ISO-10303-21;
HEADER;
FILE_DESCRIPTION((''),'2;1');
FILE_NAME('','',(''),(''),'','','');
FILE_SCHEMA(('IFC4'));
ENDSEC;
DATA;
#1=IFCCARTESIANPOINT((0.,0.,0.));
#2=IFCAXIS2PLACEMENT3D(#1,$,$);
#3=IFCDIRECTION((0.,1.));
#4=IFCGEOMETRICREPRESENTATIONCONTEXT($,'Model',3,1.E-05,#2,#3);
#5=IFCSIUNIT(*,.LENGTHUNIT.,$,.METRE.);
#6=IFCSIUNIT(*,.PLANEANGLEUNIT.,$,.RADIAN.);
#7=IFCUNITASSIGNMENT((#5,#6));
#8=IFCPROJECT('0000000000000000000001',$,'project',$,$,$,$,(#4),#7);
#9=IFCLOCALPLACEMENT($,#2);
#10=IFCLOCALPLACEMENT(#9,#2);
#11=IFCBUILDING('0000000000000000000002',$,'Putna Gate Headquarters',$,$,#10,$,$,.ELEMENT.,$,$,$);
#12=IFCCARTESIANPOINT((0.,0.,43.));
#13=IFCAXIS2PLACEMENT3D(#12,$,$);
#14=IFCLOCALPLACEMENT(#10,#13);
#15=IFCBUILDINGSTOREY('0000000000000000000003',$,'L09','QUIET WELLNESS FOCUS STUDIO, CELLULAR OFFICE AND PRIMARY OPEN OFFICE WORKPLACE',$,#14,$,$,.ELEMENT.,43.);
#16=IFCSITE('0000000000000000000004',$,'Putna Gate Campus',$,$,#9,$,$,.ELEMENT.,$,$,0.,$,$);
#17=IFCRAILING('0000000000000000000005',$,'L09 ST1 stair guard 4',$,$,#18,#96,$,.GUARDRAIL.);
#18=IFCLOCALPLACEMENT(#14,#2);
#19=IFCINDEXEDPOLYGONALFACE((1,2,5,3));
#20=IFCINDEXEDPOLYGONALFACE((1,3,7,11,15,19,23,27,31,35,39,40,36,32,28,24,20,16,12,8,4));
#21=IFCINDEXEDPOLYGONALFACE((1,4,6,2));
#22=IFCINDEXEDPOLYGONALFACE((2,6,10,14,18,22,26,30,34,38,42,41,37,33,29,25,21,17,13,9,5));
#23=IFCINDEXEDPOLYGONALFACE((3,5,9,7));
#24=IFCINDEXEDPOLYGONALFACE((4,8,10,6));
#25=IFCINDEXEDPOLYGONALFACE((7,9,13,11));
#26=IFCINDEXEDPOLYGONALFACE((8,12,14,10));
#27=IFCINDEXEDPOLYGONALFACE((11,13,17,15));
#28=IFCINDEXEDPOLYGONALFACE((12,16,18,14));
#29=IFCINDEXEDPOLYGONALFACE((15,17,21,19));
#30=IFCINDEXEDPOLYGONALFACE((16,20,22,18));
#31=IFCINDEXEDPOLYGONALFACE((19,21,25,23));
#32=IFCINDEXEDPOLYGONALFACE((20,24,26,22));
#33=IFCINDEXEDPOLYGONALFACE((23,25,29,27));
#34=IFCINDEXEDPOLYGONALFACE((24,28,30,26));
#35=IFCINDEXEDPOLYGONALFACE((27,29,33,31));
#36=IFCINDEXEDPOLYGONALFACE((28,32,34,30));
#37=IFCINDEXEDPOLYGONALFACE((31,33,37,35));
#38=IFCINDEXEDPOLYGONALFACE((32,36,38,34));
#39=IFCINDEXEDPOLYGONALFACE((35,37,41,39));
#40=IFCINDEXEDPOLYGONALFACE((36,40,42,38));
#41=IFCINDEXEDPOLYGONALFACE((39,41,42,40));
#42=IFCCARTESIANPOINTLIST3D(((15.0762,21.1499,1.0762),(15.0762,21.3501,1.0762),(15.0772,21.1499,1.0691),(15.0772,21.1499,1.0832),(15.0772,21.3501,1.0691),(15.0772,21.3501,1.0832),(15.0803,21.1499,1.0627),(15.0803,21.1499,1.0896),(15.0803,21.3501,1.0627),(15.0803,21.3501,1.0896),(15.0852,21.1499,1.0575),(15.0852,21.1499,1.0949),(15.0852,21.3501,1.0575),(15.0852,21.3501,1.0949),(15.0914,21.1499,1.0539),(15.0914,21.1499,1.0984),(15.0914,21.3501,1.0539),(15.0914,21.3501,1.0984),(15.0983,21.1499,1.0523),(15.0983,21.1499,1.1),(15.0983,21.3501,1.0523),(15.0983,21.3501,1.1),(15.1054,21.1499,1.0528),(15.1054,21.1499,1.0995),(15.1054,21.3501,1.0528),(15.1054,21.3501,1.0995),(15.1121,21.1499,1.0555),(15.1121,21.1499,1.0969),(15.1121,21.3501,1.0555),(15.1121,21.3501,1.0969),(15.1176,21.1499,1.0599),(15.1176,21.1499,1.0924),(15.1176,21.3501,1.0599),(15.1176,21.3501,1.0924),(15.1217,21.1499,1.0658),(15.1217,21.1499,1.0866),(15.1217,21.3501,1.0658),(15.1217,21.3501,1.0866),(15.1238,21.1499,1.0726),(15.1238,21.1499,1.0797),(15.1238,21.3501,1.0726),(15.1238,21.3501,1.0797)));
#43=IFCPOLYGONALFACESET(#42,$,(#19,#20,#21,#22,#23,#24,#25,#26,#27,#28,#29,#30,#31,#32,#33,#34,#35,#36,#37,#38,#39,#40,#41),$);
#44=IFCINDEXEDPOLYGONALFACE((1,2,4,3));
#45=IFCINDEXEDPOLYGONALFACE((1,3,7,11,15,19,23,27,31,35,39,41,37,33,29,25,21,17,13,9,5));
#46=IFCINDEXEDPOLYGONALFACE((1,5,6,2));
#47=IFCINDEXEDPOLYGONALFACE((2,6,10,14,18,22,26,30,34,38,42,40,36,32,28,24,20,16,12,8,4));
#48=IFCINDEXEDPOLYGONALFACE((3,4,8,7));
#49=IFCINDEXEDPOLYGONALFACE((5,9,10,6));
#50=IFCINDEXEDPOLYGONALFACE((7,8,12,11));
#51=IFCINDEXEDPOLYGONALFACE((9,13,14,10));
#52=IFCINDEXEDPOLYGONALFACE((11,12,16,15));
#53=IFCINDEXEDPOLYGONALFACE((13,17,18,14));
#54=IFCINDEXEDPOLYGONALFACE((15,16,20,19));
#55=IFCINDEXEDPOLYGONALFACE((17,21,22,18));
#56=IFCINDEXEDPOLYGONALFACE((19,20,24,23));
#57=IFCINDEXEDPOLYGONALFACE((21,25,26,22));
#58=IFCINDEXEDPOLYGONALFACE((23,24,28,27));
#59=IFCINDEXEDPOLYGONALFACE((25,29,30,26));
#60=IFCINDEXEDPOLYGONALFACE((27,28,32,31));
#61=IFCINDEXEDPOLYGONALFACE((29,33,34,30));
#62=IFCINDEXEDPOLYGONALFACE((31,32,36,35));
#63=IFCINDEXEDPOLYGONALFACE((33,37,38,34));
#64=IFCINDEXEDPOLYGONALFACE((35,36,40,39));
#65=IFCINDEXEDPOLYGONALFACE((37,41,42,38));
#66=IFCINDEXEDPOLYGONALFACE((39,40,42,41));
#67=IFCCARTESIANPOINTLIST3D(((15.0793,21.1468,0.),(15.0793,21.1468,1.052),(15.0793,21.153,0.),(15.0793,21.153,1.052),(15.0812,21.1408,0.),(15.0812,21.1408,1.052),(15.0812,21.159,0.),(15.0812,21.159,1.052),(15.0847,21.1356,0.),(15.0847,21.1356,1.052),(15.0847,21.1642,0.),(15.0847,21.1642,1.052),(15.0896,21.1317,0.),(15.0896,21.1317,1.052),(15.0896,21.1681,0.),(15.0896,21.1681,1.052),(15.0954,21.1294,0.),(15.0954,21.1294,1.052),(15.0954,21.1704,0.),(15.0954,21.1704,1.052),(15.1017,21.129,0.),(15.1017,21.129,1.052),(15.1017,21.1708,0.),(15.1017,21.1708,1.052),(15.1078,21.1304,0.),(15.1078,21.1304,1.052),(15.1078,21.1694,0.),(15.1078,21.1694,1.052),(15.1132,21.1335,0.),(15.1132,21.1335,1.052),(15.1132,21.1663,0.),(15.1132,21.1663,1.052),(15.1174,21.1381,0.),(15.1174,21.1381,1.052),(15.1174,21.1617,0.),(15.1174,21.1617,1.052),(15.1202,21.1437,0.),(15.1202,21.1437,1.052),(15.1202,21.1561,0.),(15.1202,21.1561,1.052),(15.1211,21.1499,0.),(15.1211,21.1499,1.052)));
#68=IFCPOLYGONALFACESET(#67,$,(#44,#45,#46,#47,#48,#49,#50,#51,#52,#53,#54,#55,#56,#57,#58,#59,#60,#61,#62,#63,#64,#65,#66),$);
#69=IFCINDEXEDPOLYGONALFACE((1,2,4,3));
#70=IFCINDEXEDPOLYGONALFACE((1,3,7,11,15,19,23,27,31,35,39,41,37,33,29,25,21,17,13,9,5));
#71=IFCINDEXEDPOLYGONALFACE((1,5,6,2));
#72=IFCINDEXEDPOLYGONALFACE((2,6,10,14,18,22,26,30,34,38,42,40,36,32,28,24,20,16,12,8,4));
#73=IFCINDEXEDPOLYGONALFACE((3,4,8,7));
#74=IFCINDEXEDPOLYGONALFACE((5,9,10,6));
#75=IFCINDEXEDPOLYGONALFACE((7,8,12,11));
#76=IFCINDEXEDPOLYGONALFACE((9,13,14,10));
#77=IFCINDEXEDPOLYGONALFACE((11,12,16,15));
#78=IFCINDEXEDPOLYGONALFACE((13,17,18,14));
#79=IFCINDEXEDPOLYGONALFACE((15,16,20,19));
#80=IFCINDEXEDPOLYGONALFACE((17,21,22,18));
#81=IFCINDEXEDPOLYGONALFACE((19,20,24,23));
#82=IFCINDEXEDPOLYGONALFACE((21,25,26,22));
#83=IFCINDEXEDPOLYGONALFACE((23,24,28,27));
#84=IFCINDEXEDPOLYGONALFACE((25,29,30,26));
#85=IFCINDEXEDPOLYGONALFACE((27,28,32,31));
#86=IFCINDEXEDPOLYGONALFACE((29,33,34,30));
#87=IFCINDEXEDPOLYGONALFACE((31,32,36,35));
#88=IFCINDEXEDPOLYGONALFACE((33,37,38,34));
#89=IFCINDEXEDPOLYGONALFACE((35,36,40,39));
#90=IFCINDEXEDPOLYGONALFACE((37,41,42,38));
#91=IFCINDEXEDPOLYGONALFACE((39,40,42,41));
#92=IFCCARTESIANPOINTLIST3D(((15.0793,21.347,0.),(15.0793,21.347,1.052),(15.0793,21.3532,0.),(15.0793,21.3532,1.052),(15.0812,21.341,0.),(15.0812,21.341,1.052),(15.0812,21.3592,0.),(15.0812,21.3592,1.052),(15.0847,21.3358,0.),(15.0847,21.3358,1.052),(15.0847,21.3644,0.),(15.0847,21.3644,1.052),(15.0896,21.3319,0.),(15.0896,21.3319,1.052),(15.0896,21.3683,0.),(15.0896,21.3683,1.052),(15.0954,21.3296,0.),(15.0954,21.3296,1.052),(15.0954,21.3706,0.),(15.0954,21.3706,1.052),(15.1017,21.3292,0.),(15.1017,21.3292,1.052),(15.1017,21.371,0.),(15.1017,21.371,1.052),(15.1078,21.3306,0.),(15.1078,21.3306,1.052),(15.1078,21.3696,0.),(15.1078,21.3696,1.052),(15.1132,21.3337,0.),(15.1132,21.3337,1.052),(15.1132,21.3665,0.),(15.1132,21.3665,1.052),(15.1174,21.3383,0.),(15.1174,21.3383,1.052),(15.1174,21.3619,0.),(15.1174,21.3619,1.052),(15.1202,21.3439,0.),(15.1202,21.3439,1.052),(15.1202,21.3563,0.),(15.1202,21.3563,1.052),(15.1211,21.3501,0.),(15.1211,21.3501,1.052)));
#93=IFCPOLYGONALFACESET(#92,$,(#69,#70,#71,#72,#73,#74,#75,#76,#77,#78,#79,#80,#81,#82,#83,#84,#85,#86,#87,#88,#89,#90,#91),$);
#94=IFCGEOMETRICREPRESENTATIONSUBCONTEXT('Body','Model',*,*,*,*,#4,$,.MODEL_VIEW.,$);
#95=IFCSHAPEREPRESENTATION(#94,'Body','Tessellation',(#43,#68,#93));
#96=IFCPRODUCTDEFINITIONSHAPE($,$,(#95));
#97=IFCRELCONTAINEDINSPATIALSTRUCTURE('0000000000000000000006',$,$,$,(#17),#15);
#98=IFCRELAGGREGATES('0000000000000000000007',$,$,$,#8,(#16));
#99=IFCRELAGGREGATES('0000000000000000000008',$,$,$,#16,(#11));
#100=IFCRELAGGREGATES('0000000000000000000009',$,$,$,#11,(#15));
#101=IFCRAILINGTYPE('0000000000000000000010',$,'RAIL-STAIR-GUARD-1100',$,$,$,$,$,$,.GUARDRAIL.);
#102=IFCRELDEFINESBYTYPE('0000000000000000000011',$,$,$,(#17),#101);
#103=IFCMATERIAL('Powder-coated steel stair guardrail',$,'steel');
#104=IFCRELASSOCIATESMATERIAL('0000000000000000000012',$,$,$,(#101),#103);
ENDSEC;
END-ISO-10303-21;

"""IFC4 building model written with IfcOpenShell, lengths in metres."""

from ifc_helpers import new_model, si_unit, direction, frame, origin, origin_2d, place, context, subcontext, project, spatial, circle, extrude, material, type_object, element, save


model = new_model("IFC4")

# Units and contexts
model_context = context("Model", 3, precision=1e-05, world=origin(), true_north=direction((0.0, 1.0)))
body_context = subcontext(model_context, "Body", "Model", "MODEL_VIEW")
ifc_project = project(units=[si_unit("LENGTHUNIT", "METRE"), si_unit("PLANEANGLEUNIT", "RADIAN")], contexts=[model_context])

# Site, building, storey
site_placement = place(None, origin())
site = spatial("IfcSite", under=ifc_project, at=site_placement, Name="Putna Gate Campus", CompositionType="ELEMENT", RefElevation=0.0)
building_placement = place(site_placement, origin())
building = spatial("IfcBuilding", under=site, at=building_placement, Name="Putna Gate Headquarters", CompositionType="ELEMENT")
storey_placement = place(building_placement, frame((0.0, 0.0, 43.0)))
storey = spatial("IfcBuildingStorey", under=building, at=storey_placement, Name="L09", Description="QUIET WELLNESS FOCUS STUDIO, CELLULAR OFFICE AND PRIMARY OPEN OFFICE WORKPLACE", CompositionType="ELEMENT", Elevation=43.0)

# Railing
ifc_material_1 = material(Name="Powder-coated steel stair guardrail", Category="steel")
railing_type_1 = type_object("IfcRailingType", Name="RAIL-STAIR-GUARD-1100", PredefinedType="GUARDRAIL", material=ifc_material_1)
railing_1_placement = place(storey_placement, frame((15.1001, 21.1499, 0.0)))
element("IfcRailing", 1, at=railing_1_placement, inside=storey, type_object=railing_type_1, Name="L09 ST1 stair guard 4", PredefinedType="GUARDRAIL", context=body_context, shape_type="SweptSolid", body=[
    extrude(circle(Radius=0.0239, at=origin_2d()), frame((0.0, 0.0, 1.0762), z_axis=(0.0, 1.0, 0.0), x_axis=(-1.0, 0.0, 0.0)), (0.0, 0.0, 1.0), 0.2002),
    extrude(circle(Radius=0.021, at=origin_2d()), origin(), (0.0, 0.0, 1.0), 1.052),
    extrude(circle(Radius=0.021, at=origin_2d()), frame((0.0, 0.2002, 0.0)), (0.0, 0.0, 1.0), 1.052),
])

save(model, "model.ifc")
